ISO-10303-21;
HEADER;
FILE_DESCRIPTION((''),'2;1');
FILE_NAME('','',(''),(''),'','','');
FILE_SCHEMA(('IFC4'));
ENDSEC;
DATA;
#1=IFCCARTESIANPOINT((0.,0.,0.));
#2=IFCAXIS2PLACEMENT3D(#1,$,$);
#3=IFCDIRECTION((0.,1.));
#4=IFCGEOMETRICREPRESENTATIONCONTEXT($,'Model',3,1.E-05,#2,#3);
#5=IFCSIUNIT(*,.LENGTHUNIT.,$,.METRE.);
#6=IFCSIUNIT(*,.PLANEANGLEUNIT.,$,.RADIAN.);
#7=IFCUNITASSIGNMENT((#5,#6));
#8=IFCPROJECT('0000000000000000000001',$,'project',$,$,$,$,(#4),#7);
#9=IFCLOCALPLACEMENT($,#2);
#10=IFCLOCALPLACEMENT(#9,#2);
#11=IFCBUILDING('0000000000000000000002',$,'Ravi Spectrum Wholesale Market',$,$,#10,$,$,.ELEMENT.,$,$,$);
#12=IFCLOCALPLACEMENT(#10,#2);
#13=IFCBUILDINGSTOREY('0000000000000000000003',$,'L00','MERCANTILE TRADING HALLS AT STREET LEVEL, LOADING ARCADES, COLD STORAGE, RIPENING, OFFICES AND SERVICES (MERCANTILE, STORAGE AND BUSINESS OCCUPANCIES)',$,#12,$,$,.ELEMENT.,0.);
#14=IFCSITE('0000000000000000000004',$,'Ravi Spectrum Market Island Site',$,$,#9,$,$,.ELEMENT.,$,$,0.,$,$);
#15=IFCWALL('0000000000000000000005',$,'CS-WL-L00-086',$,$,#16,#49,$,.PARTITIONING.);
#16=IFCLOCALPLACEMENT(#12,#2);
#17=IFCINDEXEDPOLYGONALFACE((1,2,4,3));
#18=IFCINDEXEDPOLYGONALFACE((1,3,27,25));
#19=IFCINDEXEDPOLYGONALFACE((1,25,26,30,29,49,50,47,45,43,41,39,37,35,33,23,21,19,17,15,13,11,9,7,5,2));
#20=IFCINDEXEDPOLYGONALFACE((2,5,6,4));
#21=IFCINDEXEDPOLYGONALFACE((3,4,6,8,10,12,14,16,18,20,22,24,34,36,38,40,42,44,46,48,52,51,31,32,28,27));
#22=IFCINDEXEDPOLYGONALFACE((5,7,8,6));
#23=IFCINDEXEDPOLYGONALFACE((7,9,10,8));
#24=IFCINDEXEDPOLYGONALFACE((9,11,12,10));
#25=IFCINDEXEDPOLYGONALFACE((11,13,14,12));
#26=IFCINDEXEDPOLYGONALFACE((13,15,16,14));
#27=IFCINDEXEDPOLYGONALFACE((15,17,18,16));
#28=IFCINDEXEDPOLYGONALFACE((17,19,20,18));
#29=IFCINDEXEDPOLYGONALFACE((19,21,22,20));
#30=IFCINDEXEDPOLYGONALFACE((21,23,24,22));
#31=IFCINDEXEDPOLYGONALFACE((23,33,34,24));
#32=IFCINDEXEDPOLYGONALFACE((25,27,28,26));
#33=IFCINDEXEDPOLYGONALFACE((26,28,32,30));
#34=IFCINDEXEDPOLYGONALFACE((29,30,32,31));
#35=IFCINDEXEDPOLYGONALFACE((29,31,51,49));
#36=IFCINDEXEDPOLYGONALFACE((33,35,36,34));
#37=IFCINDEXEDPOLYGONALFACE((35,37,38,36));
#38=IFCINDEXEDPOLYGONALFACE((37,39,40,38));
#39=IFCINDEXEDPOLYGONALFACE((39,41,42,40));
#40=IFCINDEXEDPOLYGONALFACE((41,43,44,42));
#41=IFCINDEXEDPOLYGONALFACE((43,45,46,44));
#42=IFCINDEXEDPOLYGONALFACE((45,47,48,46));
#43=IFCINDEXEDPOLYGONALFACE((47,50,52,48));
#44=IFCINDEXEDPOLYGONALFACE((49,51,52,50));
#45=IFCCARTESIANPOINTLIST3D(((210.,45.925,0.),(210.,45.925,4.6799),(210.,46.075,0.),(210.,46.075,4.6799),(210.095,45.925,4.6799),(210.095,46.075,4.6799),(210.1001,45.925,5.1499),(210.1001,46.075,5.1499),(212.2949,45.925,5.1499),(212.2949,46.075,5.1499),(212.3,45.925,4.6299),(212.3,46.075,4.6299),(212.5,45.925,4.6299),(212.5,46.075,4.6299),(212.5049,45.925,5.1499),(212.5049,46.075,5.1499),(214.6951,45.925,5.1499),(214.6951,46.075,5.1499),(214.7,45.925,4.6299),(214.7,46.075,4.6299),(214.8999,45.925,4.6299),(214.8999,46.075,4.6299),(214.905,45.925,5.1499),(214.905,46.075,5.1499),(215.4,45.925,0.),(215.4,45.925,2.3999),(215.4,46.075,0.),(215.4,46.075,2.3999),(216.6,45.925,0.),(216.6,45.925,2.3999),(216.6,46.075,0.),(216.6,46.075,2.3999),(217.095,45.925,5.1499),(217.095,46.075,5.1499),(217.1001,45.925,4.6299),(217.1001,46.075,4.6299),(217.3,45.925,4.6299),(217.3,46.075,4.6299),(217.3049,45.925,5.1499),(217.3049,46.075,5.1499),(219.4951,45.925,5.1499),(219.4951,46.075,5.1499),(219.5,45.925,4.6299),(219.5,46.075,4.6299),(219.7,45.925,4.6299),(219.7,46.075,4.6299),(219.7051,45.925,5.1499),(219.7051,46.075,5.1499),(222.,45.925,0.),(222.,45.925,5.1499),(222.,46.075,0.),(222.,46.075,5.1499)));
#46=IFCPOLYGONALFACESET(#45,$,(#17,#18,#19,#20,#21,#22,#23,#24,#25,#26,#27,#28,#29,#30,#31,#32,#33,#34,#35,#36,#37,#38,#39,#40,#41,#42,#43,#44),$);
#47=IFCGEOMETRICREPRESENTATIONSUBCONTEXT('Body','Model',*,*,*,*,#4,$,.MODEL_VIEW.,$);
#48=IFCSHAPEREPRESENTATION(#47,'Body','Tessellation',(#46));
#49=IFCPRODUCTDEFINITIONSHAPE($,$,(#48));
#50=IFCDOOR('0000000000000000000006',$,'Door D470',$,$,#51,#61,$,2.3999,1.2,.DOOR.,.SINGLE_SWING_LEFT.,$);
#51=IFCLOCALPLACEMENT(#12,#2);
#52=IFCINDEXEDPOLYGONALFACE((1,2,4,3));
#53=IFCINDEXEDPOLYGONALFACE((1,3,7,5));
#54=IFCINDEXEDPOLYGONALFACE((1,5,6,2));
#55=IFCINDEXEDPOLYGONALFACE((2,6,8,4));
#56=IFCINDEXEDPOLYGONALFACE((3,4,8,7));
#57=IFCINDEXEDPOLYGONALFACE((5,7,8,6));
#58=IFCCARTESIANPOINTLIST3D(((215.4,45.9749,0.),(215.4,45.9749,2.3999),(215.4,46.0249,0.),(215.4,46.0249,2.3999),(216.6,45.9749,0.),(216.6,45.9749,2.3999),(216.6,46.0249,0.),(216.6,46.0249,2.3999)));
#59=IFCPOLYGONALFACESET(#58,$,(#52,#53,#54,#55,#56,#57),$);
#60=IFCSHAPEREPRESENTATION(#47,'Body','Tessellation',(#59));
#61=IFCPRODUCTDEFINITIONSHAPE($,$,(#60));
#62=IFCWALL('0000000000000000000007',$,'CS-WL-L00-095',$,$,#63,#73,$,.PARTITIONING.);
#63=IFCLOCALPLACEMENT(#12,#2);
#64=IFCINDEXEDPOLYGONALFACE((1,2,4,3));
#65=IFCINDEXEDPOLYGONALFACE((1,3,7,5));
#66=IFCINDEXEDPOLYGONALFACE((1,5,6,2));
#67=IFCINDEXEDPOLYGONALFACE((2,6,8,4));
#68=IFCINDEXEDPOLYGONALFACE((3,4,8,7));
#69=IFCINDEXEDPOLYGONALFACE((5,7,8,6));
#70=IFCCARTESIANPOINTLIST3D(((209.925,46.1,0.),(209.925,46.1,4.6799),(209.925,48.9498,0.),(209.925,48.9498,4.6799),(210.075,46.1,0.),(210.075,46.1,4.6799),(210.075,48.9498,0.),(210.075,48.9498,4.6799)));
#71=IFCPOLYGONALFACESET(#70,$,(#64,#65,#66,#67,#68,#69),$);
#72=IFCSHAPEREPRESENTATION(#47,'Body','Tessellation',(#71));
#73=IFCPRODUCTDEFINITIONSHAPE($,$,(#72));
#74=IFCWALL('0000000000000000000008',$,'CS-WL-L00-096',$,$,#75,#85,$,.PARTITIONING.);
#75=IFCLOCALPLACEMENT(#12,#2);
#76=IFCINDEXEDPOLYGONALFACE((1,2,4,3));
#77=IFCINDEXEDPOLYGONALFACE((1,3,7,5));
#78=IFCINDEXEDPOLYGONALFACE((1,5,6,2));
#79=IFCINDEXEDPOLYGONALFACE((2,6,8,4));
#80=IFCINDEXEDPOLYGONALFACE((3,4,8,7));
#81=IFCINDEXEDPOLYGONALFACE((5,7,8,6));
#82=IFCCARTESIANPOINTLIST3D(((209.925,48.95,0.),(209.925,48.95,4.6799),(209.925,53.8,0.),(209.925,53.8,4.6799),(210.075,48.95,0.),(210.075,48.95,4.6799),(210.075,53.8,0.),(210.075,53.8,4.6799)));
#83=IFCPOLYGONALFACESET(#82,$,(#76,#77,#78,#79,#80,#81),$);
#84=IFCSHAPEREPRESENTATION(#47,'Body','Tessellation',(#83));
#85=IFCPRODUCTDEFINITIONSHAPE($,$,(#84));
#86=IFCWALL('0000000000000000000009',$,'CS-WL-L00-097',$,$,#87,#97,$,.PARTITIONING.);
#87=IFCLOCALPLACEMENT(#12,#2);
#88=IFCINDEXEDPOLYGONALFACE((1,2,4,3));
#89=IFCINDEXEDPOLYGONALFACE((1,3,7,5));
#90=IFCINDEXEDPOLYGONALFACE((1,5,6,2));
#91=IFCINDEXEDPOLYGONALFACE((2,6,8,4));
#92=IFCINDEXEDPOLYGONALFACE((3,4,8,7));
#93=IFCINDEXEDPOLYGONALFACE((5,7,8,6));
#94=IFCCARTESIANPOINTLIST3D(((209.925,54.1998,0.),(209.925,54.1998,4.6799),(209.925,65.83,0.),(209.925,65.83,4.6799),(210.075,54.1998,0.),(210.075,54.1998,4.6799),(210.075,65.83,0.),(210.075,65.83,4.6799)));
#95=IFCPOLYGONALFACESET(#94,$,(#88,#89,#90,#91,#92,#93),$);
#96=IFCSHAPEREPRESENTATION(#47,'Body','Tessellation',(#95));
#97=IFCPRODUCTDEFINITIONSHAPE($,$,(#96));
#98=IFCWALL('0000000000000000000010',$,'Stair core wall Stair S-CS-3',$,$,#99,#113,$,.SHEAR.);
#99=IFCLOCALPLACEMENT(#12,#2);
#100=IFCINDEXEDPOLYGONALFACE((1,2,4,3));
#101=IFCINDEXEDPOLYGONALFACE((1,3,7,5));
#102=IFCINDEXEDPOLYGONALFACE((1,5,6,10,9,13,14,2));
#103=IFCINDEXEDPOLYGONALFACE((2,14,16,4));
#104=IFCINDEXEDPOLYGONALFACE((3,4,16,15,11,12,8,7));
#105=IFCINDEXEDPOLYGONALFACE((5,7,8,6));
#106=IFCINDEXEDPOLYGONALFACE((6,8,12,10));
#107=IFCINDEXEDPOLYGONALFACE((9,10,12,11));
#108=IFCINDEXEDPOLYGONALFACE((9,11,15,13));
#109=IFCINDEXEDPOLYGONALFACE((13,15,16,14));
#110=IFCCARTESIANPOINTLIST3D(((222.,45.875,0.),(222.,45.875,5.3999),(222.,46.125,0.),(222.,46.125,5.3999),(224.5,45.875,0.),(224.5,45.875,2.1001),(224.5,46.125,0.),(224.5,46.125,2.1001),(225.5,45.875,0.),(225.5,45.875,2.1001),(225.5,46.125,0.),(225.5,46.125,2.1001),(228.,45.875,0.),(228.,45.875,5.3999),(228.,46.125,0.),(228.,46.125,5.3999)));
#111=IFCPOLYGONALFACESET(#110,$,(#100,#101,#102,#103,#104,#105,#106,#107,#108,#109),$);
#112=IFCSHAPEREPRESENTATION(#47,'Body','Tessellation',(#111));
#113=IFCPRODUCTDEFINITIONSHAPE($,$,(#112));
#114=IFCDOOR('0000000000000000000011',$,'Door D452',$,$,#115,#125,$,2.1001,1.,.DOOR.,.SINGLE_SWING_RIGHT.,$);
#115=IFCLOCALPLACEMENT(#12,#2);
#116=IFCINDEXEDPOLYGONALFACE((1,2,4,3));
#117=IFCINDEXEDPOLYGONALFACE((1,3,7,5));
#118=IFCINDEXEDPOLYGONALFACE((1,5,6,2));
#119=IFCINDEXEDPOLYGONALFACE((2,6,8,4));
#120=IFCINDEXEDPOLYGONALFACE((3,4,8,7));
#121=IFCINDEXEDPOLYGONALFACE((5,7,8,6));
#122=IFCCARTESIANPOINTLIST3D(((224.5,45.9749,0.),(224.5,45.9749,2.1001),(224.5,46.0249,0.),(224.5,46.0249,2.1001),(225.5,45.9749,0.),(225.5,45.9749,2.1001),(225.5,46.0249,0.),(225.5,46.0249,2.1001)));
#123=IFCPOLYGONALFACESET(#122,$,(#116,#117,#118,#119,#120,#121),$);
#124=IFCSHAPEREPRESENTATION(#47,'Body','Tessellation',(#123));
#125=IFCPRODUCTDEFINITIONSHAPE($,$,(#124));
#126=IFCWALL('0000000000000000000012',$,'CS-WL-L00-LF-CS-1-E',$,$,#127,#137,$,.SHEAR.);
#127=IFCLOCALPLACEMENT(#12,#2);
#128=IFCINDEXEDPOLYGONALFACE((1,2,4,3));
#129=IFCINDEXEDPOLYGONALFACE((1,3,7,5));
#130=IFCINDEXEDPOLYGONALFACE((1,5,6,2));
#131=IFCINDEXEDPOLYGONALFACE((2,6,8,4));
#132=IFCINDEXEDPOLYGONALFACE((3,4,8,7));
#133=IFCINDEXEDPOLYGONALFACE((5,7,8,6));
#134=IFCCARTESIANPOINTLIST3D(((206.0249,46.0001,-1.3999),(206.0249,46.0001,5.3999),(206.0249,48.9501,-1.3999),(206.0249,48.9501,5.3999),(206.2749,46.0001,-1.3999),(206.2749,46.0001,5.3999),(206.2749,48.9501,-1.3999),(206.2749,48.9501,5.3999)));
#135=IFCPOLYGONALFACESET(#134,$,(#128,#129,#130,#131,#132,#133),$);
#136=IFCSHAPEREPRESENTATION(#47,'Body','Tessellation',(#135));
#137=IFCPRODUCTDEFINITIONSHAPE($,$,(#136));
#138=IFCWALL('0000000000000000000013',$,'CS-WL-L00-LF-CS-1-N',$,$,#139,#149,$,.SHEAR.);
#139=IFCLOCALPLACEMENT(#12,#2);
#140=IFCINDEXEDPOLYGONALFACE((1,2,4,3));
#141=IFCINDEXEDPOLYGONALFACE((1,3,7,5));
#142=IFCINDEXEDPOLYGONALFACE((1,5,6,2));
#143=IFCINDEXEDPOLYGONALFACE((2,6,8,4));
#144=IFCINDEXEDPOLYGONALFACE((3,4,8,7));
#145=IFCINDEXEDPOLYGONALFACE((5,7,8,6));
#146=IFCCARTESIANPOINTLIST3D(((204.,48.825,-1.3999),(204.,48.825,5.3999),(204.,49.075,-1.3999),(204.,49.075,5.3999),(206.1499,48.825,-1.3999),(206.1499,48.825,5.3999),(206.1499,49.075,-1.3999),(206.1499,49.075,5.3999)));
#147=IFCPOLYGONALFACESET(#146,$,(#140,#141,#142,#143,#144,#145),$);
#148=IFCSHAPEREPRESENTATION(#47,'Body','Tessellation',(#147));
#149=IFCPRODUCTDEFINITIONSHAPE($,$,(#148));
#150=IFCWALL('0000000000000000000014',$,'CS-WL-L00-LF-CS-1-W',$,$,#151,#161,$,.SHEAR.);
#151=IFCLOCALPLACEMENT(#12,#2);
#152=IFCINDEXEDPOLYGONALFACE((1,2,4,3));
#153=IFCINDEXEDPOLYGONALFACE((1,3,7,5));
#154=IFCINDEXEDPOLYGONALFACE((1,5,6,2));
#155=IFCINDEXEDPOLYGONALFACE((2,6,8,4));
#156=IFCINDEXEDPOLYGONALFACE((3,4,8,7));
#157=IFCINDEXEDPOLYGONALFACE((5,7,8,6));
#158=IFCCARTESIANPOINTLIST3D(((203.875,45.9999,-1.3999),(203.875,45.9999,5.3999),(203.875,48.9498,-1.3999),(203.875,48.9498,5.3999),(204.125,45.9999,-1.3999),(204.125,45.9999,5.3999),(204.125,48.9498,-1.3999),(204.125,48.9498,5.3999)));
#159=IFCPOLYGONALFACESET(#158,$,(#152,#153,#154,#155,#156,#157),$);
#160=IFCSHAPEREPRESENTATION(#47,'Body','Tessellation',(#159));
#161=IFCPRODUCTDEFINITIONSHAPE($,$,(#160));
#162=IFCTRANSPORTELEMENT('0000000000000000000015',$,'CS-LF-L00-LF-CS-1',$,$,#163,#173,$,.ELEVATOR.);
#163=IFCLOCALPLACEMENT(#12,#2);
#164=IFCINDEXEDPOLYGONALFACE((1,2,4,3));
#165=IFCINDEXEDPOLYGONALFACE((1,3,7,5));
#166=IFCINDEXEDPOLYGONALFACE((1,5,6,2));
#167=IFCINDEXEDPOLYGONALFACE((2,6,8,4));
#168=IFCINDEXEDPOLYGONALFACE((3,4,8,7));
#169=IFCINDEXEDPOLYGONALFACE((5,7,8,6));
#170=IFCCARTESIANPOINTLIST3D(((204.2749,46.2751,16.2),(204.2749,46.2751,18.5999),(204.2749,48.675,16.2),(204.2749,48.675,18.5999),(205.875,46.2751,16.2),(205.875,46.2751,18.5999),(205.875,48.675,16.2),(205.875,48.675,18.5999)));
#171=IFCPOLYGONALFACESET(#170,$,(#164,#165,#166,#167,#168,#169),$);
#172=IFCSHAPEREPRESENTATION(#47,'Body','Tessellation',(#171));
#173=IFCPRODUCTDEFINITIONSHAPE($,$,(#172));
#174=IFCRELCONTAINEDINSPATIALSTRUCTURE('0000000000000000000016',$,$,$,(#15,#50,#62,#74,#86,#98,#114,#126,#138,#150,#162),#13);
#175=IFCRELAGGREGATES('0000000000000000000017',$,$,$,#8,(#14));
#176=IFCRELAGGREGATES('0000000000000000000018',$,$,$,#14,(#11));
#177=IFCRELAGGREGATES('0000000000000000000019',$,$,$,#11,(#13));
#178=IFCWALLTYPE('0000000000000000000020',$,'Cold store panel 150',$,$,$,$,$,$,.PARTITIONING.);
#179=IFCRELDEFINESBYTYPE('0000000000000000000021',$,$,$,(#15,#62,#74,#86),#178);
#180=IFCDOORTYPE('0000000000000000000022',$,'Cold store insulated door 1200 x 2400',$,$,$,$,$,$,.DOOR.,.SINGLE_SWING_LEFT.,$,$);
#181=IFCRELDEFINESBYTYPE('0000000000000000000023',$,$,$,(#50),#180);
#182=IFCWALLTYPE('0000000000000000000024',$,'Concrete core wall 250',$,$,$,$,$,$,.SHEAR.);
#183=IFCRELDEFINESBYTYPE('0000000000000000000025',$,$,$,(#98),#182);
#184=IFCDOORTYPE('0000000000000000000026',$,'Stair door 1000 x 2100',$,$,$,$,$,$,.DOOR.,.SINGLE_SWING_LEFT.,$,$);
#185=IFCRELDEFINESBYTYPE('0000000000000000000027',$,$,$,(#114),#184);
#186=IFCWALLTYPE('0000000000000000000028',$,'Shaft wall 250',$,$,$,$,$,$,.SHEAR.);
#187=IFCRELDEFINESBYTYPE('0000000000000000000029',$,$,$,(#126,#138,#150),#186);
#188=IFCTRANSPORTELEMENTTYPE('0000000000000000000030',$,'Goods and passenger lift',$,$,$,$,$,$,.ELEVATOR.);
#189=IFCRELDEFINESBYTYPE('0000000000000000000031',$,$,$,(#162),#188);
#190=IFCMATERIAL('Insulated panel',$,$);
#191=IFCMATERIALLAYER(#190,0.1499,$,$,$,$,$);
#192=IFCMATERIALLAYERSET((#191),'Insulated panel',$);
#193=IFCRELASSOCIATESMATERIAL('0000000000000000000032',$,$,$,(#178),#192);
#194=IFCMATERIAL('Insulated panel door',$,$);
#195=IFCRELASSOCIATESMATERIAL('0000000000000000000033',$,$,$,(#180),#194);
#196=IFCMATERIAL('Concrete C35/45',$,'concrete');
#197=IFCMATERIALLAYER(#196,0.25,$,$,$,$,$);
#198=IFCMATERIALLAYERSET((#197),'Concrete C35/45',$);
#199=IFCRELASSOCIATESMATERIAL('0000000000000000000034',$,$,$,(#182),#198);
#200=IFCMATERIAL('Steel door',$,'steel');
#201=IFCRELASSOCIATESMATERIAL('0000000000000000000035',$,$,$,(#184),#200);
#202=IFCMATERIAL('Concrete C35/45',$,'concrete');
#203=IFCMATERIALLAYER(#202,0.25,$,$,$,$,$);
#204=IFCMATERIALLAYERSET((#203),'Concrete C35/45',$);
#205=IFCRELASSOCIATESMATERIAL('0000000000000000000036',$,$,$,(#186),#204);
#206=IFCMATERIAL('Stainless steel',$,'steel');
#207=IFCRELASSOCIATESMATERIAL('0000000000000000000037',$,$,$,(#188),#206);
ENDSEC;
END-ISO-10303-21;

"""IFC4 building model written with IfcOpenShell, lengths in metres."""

from ifc_helpers import new_model, si_unit, direction, frame, frame_2d, origin, origin_2d, place, context, subcontext, project, spatial, polyline, rectangle, outline, extrude, material, layer, layer_set, type_object, element, fill, save


model = new_model("IFC4")

# Units and contexts
model_context = context("Model", 3, precision=1e-05, world=origin(), true_north=direction((0.0, 1.0)))
body_context = subcontext(model_context, "Body", "Model", "MODEL_VIEW")
ifc_project = project(units=[si_unit("LENGTHUNIT", "METRE"), si_unit("PLANEANGLEUNIT", "RADIAN")], contexts=[model_context])

# Site, building, storey
site_placement = place(None, origin())
site = spatial("IfcSite", under=ifc_project, at=site_placement, Name="Ravi Spectrum Market Island Site", CompositionType="ELEMENT", RefElevation=0.0)
building_placement = place(site_placement, origin())
building = spatial("IfcBuilding", under=site, at=building_placement, Name="Ravi Spectrum Wholesale Market", CompositionType="ELEMENT")
storey_placement = place(building_placement, origin())
storey = spatial("IfcBuildingStorey", under=building, at=storey_placement, Name="L00", Description="MERCANTILE TRADING HALLS AT STREET LEVEL, LOADING ARCADES, COLD STORAGE, RIPENING, OFFICES AND SERVICES (MERCANTILE, STORAGE AND BUSINESS OCCUPANCIES)", CompositionType="ELEMENT", Elevation=0.0)

# Wall, opening, door
ifc_material_1 = material(Name="Insulated panel")
ifc_layer_1 = layer(ifc_material_1, 0.1499)
ifc_layer_set_1 = layer_set([ifc_layer_1], Name="Insulated panel")
wall_type_1 = type_object("IfcWallType", Name="Cold store panel 150", PredefinedType="PARTITIONING", material=ifc_layer_set_1)
wall_1_placement = place(storey_placement, frame((210.0, 46.0, 0.0), z_axis=(0.0, 0.0, 1.0), x_axis=(1.0, 0.0, 0.0)))
wall_1 = element("IfcWall", 1, at=wall_1_placement, inside=storey, type_object=wall_type_1, Name="CS-WL-L00-086", PredefinedType="PARTITIONING", context=body_context, shape_type="SweptSolid", body=[
    extrude(outline(polyline([(0.0, 0.0), (12.0, 0.0), (12.0, 5.1499), (9.7051, 5.1499), (9.7, 4.6299), (9.5, 4.6299), (9.4951, 5.1499), (7.3049, 5.1499), (7.3, 4.6299), (7.1001, 4.6299), (7.095, 5.1499), (4.905, 5.1499), (4.8999, 4.6299), (4.7, 4.6299), (4.6951, 5.1499), (2.5049, 5.1499), (2.5, 4.6299), (2.3, 4.6299), (2.2949, 5.1499), (0.1001, 5.1499), (0.095, 4.6799), (0.0, 4.6799), (0.0, 0.0)])), frame((0.0, 0.075, 0.0), z_axis=(0.0, -1.0, 0.0), x_axis=(1.0, 0.0, 0.0)), (0.0, 0.0, 1.0), 0.1499),
])
opening_1_placement = place(wall_1_placement, frame((5.3999, 0.0, 0.0)))
opening_1 = element("IfcOpeningElement", 2, at=opening_1_placement, cuts=wall_1, PredefinedType="OPENING", context=body_context, shape_type="SweptSolid", body=[
    extrude(rectangle(XDim=1.2, YDim=2.3999, at=frame_2d((0.6001, 1.2))), frame((0.0, 0.085, 0.0), z_axis=(0.0, -1.0, 0.0), x_axis=(1.0, 0.0, 0.0)), (0.0, 0.0, 1.0), 0.1699),
])
ifc_material_2 = material(Name="Insulated panel door")
door_type_1 = type_object("IfcDoorType", Name="Cold store insulated door 1200 x 2400", OperationType="SINGLE_SWING_LEFT", PredefinedType="DOOR", material=ifc_material_2)
door_1_placement = place(opening_1_placement, origin())
door_1 = element("IfcDoor", 3, at=door_1_placement, inside=storey, type_object=door_type_1, Name="Door D470", OperationType="SINGLE_SWING_LEFT", OverallHeight=2.3999, OverallWidth=1.2, PredefinedType="DOOR", context=body_context, shape_type="SweptSolid", body=[
    extrude(rectangle(XDim=1.2, YDim=2.3999, at=frame_2d((0.6001, 1.2))), frame((0.0, 0.0249, 0.0), z_axis=(0.0, -1.0, 0.0), x_axis=(1.0, 0.0, 0.0)), (0.0, 0.0, 1.0), 0.05),
])
fill(opening_1, door_1)

# Walls
wall_2_placement = place(storey_placement, frame((210.0, 46.1001, 0.0), z_axis=(0.0, 0.0, 1.0), x_axis=(0.0, 1.0, 0.0)))
element("IfcWall", 4, at=wall_2_placement, inside=storey, type_object=wall_type_1, Name="CS-WL-L00-095", PredefinedType="PARTITIONING", context=body_context, shape_type="SweptSolid", body=[
    extrude(rectangle(XDim=2.8499, YDim=0.1499, at=frame_2d((1.4248, 0.0))), origin(), (0.0, 0.0, 1.0), 4.6799),
])
wall_3_placement = place(storey_placement, frame((210.0, 48.95, 0.0), z_axis=(0.0, 0.0, 1.0), x_axis=(0.0, 1.0, 0.0)))
element("IfcWall", 5, at=wall_3_placement, inside=storey, type_object=wall_type_1, Name="CS-WL-L00-096", PredefinedType="PARTITIONING", context=body_context, shape_type="SweptSolid", body=[
    extrude(rectangle(XDim=4.8501, YDim=0.1499, at=frame_2d((2.425, 0.0))), origin(), (0.0, 0.0, 1.0), 4.6799),
])
wall_4_placement = place(storey_placement, frame((210.0, 54.2, 0.0), z_axis=(0.0, 0.0, 1.0), x_axis=(0.0, 1.0, 0.0)))
element("IfcWall", 6, at=wall_4_placement, inside=storey, type_object=wall_type_1, Name="CS-WL-L00-097", PredefinedType="PARTITIONING", context=body_context, shape_type="SweptSolid", body=[
    extrude(rectangle(XDim=11.6301, YDim=0.1499, at=frame_2d((5.8149, 0.0))), origin(), (0.0, 0.0, 1.0), 4.6799),
])

# Wall, opening, door
ifc_material_3 = material(Name="Concrete C35/45", Category="concrete")
ifc_layer_2 = layer(ifc_material_3, 0.25)
ifc_layer_set_2 = layer_set([ifc_layer_2], Name="Concrete C35/45")
wall_type_2 = type_object("IfcWallType", Name="Concrete core wall 250", PredefinedType="SHEAR", material=ifc_layer_set_2)
wall_5_placement = place(storey_placement, frame((222.0, 46.0, 0.0), z_axis=(0.0, 0.0, 1.0), x_axis=(1.0, 0.0, 0.0)))
wall_5 = element("IfcWall", 7, at=wall_5_placement, inside=storey, type_object=wall_type_2, Name="Stair core wall Stair S-CS-3", PredefinedType="SHEAR", context=body_context, shape_type="SweptSolid", body=[
    extrude(rectangle(XDim=6.0, YDim=0.25, at=frame_2d((3.0, 0.0))), origin(), (0.0, 0.0, 1.0), 5.3999),
])
opening_2_placement = place(wall_5_placement, frame((2.5, 0.0, 0.0)))
opening_2 = element("IfcOpeningElement", 8, at=opening_2_placement, cuts=wall_5, PredefinedType="OPENING", context=body_context, shape_type="SweptSolid", body=[
    extrude(rectangle(XDim=1.0, YDim=2.1001, at=frame_2d((0.5, 1.05))), frame((0.0, 0.135, 0.0), z_axis=(0.0, -1.0, 0.0), x_axis=(1.0, 0.0, 0.0)), (0.0, 0.0, 1.0), 0.27),
])
ifc_material_4 = material(Name="Steel door", Category="steel")
door_type_2 = type_object("IfcDoorType", Name="Stair door 1000 x 2100", OperationType="SINGLE_SWING_LEFT", PredefinedType="DOOR", material=ifc_material_4)
door_2_placement = place(opening_2_placement, origin())
door_2 = element("IfcDoor", 9, at=door_2_placement, inside=storey, type_object=door_type_2, Name="Door D452", OperationType="SINGLE_SWING_RIGHT", OverallHeight=2.1001, OverallWidth=1.0, PredefinedType="DOOR", context=body_context, shape_type="SweptSolid", body=[
    extrude(rectangle(XDim=1.0, YDim=2.1001, at=frame_2d((0.5, 1.05))), frame((0.0, 0.0249, 0.0), z_axis=(0.0, -1.0, 0.0), x_axis=(1.0, 0.0, 0.0)), (0.0, 0.0, 1.0), 0.05),
])
fill(opening_2, door_2)

# Walls
ifc_material_5 = material(Name="Concrete C35/45", Category="concrete")
ifc_layer_3 = layer(ifc_material_5, 0.25)
ifc_layer_set_3 = layer_set([ifc_layer_3], Name="Concrete C35/45")
wall_type_3 = type_object("IfcWallType", Name="Shaft wall 250", PredefinedType="SHEAR", material=ifc_layer_set_3)
wall_6_placement = place(storey_placement, frame((206.1499, 46.0, -1.3999), z_axis=(0.0, 0.0, 1.0), x_axis=(0.0, 1.0, 0.0)))
element("IfcWall", 10, at=wall_6_placement, inside=storey, type_object=wall_type_3, Name="CS-WL-L00-LF-CS-1-E", PredefinedType="SHEAR", context=body_context, shape_type="SweptSolid", body=[
    extrude(rectangle(XDim=2.95, YDim=0.25, at=frame_2d((1.4751, 0.0))), origin(), (0.0, 0.0, 1.0), 6.7998),
])
wall_7_placement = place(storey_placement, frame((206.1499, 48.95, -1.3999), z_axis=(0.0, 0.0, 1.0), x_axis=(-1.0, 0.0, 0.0)))
element("IfcWall", 11, at=wall_7_placement, inside=storey, type_object=wall_type_3, Name="CS-WL-L00-LF-CS-1-N", PredefinedType="SHEAR", context=body_context, shape_type="SweptSolid", body=[
    extrude(rectangle(XDim=2.1499, YDim=0.25, at=frame_2d((1.075, 0.0))), origin(), (0.0, 0.0, 1.0), 6.7998),
])
wall_8_placement = place(storey_placement, frame((204.0, 48.95, -1.3999), z_axis=(0.0, 0.0, 1.0), x_axis=(0.0, -1.0, 0.0)))
element("IfcWall", 12, at=wall_8_placement, inside=storey, type_object=wall_type_3, Name="CS-WL-L00-LF-CS-1-W", PredefinedType="SHEAR", context=body_context, shape_type="SweptSolid", body=[
    extrude(rectangle(XDim=2.95, YDim=0.25, at=frame_2d((1.4751, 0.0))), origin(), (0.0, 0.0, 1.0), 6.7998),
])

# Transport element
ifc_material_6 = material(Name="Stainless steel", Category="steel")
transport_element_type = type_object("IfcTransportElementType", Name="Goods and passenger lift", PredefinedType="ELEVATOR", material=ifc_material_6)
transport_element_placement = place(storey_placement, frame((205.075, 47.4751, 16.2), z_axis=(0.0, 0.0, 1.0), x_axis=(1.0, 0.0, 0.0)))
element("IfcTransportElement", 13, at=transport_element_placement, inside=storey, type_object=transport_element_type, Name="CS-LF-L00-LF-CS-1", PredefinedType="ELEVATOR", context=body_context, shape_type="SweptSolid", body=[
    extrude(rectangle(XDim=1.6001, YDim=2.3999, at=origin_2d()), origin(), (0.0, 0.0, 1.0), 2.3999),
])

save(model, "model.ifc")
